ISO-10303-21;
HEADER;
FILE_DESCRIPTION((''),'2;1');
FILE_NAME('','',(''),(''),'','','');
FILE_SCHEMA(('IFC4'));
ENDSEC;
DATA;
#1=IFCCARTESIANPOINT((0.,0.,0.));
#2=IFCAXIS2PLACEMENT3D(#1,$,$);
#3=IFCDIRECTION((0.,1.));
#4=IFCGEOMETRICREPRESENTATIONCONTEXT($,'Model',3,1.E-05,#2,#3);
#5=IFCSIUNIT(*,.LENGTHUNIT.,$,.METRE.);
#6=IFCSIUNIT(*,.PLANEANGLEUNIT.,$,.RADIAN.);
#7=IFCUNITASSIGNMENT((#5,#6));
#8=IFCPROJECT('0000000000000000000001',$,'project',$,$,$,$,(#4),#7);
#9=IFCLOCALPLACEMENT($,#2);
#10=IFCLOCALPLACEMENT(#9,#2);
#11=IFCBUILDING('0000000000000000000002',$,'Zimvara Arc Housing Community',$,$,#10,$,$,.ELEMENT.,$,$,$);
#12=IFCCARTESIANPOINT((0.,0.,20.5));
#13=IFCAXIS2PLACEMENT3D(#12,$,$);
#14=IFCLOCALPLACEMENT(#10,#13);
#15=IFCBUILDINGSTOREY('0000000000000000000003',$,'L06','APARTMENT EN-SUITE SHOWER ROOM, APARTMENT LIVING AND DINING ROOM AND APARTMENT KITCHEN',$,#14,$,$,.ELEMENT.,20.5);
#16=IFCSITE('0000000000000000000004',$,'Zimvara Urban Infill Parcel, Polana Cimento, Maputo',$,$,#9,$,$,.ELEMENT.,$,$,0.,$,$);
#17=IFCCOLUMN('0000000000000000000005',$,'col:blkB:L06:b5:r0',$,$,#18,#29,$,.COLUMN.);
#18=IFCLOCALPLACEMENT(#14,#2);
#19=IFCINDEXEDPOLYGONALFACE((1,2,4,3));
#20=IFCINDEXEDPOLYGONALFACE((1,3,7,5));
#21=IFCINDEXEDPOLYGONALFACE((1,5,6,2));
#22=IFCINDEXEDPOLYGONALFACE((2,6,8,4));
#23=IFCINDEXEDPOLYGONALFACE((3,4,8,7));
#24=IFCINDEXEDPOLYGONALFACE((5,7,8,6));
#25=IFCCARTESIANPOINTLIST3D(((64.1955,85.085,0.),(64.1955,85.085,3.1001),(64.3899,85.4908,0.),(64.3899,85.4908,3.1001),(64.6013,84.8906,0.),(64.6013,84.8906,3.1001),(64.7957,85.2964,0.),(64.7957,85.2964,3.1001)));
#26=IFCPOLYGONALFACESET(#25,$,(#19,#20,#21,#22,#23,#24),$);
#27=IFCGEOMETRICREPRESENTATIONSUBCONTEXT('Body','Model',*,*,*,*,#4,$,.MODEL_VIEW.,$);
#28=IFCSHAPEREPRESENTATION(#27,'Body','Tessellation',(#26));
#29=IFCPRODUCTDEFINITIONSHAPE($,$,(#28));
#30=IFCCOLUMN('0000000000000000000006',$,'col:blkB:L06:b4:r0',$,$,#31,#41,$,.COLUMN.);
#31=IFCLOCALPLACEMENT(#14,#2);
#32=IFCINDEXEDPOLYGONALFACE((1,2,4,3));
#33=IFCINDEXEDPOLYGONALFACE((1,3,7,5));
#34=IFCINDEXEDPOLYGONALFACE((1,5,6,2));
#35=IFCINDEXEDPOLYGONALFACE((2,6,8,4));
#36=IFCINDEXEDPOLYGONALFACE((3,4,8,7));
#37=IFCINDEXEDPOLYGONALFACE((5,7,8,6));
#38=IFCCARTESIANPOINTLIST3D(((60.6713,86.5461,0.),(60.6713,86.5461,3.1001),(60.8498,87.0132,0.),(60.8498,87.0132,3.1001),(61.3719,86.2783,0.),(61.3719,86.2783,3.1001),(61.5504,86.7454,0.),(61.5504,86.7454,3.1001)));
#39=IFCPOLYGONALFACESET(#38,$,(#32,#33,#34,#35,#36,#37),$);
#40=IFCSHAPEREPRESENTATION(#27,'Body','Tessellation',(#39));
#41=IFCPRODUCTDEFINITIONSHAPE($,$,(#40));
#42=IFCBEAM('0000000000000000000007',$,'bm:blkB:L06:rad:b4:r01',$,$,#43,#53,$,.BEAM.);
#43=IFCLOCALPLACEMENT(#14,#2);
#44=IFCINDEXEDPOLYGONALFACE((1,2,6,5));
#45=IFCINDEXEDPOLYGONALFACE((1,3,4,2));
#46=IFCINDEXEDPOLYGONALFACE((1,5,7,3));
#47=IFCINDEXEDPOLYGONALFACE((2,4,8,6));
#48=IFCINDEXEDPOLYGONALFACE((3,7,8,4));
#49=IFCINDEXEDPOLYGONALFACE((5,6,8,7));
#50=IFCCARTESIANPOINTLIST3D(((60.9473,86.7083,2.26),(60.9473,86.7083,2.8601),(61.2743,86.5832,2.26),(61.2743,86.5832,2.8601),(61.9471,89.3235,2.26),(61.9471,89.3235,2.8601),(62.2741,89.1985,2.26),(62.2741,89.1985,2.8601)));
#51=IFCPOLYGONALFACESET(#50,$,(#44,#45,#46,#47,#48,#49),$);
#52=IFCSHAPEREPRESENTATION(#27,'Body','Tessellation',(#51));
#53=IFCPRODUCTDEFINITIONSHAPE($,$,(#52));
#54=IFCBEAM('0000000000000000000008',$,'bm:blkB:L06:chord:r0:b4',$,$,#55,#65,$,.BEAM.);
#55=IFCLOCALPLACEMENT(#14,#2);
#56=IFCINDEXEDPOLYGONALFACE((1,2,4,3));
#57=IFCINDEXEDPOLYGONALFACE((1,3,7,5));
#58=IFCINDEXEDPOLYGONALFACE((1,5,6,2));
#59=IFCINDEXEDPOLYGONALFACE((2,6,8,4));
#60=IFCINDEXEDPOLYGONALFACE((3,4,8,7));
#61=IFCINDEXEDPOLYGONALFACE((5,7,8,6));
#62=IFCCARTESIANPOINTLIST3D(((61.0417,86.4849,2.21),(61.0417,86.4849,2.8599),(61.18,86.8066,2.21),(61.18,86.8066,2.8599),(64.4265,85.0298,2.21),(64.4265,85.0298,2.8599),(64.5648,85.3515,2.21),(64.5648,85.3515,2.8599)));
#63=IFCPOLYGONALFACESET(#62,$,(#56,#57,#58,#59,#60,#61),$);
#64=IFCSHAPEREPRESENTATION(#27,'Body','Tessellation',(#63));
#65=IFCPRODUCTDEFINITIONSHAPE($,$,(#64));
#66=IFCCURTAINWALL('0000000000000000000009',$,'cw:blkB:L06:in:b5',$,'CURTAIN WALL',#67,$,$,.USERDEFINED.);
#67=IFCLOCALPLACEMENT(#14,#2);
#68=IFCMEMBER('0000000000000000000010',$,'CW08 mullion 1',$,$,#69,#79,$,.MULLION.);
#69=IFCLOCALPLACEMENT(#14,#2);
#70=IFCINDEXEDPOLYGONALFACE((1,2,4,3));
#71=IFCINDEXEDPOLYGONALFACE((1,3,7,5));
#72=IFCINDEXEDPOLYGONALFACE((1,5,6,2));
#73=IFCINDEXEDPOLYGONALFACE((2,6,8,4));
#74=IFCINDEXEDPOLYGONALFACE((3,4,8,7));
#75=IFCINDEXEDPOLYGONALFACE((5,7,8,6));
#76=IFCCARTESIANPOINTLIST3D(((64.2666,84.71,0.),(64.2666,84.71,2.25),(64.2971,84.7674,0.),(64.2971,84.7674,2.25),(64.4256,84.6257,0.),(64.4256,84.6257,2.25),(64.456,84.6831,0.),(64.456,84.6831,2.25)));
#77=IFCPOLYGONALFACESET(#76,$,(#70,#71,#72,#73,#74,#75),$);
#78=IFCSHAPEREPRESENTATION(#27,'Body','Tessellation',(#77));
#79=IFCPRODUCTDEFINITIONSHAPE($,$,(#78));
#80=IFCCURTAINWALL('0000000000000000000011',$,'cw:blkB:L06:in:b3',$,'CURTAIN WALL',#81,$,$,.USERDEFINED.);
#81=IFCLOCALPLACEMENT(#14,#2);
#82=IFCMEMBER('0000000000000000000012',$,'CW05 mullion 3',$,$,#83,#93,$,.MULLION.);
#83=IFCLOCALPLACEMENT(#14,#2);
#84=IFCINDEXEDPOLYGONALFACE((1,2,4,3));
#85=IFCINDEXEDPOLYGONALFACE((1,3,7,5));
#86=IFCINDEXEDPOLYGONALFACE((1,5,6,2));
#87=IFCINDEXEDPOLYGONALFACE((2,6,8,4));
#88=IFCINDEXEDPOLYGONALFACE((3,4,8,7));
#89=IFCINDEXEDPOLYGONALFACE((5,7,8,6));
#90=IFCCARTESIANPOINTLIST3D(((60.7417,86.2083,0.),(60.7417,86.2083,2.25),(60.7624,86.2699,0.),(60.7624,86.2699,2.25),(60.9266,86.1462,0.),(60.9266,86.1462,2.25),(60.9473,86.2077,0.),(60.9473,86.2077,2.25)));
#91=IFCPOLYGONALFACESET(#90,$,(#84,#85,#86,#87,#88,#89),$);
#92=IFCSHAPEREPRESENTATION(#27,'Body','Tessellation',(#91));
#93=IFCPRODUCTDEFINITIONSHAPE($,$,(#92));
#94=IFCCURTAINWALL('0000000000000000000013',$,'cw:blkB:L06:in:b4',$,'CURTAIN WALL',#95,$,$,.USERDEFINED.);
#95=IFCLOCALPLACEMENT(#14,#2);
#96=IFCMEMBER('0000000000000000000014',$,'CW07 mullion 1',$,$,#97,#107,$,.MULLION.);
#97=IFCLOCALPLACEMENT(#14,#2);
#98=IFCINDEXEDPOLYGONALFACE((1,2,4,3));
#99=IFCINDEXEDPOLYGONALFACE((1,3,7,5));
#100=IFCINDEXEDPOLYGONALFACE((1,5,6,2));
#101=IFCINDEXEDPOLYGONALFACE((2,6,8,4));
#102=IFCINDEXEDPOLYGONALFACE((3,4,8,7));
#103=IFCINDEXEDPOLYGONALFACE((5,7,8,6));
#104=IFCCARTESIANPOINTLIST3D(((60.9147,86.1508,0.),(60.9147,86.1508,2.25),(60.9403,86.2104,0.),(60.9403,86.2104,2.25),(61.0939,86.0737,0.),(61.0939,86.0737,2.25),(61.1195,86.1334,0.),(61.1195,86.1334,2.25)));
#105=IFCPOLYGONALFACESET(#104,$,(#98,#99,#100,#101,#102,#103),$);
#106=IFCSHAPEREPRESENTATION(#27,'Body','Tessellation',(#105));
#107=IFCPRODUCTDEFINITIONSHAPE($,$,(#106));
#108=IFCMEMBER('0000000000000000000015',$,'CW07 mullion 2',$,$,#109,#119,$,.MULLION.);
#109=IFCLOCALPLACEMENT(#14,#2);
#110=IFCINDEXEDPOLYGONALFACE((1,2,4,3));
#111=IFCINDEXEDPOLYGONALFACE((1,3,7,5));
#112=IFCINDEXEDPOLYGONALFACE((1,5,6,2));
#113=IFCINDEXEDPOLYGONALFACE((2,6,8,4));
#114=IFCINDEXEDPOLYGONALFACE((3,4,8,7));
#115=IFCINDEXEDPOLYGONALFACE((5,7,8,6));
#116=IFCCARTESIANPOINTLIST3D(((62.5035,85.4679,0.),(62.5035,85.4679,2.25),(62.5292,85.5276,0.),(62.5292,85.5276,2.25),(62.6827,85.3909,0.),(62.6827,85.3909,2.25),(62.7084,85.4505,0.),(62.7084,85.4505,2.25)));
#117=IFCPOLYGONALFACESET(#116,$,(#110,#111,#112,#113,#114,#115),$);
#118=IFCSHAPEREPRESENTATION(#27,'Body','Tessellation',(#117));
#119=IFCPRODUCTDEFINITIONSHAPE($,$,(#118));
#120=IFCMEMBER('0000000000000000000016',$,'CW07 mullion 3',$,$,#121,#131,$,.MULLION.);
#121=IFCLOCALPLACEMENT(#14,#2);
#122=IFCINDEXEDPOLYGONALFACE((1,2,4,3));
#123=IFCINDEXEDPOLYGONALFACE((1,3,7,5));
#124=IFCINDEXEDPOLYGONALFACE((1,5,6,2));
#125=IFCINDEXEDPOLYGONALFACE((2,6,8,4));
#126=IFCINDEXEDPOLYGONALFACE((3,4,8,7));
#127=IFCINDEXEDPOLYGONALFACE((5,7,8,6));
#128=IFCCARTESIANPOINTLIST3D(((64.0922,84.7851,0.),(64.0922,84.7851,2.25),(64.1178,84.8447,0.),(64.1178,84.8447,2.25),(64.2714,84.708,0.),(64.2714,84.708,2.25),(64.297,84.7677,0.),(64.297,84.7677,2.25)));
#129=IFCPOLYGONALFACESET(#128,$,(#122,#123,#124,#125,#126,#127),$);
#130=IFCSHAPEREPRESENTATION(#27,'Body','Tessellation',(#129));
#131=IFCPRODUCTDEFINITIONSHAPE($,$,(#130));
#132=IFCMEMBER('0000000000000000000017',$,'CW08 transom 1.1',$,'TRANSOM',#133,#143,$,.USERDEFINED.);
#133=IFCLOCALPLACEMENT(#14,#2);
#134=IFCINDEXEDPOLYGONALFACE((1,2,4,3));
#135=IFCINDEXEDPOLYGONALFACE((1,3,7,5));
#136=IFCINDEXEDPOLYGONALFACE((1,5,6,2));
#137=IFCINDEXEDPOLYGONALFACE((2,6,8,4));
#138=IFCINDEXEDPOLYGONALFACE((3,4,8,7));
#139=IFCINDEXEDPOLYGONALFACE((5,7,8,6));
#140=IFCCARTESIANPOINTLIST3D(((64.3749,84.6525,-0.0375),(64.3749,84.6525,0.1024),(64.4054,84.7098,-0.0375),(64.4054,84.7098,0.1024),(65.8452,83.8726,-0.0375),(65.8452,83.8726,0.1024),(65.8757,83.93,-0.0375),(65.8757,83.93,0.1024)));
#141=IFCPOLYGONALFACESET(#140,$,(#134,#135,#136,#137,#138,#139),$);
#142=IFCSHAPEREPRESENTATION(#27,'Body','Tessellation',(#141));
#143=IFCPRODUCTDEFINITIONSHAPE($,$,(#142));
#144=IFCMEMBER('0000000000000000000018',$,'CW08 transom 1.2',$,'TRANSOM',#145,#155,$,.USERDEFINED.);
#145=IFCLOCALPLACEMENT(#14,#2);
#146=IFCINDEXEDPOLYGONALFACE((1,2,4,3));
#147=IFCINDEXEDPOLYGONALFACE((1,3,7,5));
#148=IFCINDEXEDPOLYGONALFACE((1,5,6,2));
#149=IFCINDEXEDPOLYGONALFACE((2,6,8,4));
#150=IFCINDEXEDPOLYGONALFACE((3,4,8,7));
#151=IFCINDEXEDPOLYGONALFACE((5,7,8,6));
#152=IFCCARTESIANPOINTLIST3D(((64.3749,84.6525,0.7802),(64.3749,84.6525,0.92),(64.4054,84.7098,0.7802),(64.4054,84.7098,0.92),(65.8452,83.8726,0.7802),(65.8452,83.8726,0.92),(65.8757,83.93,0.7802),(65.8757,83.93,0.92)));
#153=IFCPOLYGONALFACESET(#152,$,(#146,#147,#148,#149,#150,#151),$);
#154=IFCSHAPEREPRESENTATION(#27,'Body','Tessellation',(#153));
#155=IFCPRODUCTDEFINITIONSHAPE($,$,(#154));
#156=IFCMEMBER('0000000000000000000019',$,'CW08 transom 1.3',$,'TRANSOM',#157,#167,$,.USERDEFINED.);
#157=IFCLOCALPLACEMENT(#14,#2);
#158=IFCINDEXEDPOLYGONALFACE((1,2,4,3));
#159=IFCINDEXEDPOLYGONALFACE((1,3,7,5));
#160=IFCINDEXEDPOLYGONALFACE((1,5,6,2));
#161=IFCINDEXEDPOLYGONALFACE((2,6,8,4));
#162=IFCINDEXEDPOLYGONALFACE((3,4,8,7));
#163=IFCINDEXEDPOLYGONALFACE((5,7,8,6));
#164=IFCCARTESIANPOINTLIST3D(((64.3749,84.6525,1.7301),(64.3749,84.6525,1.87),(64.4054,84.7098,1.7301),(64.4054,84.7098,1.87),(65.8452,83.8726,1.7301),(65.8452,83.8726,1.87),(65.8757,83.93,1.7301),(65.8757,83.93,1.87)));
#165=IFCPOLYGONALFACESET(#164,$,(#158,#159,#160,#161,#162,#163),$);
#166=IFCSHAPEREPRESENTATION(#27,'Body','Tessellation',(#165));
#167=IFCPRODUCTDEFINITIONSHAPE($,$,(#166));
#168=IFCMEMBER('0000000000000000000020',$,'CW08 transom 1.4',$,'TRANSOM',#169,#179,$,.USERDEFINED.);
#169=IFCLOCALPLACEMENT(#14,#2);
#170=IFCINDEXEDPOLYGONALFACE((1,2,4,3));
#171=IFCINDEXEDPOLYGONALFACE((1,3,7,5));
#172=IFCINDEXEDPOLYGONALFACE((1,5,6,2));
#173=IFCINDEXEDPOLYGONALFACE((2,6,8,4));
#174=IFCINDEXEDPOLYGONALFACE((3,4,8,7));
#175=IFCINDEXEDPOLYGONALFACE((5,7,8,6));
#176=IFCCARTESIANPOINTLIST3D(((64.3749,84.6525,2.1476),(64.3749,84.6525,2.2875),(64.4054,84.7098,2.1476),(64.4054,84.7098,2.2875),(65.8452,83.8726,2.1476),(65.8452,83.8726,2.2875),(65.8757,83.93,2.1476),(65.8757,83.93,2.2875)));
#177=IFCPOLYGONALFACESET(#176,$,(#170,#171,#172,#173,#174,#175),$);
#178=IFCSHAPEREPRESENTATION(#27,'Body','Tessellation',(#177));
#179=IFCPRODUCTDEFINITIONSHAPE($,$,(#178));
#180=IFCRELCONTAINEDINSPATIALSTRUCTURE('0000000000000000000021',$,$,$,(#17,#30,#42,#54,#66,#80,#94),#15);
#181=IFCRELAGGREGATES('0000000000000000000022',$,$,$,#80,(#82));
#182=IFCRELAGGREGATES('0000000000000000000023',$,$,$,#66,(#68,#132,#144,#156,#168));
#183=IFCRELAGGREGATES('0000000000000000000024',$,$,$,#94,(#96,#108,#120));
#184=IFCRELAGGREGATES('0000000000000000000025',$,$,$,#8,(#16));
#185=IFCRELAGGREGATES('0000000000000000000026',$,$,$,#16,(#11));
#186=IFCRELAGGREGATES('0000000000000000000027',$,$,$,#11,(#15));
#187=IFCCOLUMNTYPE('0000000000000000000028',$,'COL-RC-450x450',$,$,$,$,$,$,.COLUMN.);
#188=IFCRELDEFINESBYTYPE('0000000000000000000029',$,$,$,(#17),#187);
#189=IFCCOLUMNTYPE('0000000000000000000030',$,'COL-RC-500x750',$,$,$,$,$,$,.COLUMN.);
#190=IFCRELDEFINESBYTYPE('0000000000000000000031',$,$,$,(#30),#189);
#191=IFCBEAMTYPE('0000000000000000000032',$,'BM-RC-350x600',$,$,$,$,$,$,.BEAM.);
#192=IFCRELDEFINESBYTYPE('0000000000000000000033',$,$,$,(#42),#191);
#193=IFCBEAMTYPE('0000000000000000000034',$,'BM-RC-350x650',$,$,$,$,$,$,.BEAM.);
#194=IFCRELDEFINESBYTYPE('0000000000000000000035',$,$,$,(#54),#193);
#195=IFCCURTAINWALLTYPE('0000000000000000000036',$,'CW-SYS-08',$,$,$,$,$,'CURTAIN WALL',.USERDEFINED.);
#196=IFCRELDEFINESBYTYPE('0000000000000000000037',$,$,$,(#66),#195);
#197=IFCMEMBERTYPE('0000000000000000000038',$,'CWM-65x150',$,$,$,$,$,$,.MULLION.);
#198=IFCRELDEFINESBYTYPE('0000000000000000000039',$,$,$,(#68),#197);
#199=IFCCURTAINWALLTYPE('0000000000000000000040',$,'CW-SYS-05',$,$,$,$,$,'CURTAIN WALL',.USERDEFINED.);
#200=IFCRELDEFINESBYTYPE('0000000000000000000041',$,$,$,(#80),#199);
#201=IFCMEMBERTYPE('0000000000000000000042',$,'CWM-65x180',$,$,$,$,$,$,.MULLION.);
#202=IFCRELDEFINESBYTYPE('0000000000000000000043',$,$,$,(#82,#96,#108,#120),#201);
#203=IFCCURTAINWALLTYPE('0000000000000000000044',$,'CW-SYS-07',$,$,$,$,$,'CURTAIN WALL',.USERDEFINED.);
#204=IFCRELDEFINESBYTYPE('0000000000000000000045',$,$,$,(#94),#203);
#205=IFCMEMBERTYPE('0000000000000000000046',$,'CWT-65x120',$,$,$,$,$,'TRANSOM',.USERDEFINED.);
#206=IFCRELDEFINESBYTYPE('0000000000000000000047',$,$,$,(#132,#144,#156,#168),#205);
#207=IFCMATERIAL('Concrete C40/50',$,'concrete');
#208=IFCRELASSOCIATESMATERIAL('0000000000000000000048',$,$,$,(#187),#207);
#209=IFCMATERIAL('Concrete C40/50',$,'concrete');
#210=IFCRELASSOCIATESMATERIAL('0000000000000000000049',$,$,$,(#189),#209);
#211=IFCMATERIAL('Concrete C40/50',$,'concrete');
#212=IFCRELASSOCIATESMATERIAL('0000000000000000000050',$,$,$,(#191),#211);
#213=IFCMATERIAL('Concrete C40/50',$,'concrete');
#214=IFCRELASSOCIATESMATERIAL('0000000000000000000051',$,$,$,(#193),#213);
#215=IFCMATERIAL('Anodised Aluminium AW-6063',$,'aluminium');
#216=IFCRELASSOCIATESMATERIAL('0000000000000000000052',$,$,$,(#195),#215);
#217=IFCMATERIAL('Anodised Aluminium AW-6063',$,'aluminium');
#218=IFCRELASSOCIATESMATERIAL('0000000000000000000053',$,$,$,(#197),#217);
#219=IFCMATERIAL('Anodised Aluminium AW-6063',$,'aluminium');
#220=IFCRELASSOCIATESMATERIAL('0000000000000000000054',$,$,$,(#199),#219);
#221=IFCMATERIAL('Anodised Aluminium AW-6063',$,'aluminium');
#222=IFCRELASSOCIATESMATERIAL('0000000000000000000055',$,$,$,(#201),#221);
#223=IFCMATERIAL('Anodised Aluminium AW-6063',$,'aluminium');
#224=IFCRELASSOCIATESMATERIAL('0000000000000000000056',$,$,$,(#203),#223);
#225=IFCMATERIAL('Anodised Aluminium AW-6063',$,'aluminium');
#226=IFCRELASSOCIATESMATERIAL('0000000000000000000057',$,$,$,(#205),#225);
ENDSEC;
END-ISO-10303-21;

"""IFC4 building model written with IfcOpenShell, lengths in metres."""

from ifc_helpers import new_model, si_unit, direction, frame, origin, origin_2d, place, context, subcontext, project, spatial, rectangle, extrude, material, material_profile, profile_set, type_object, element, aggregate, save


model = new_model("IFC4")

# Units and contexts
model_context = context("Model", 3, precision=1e-05, world=origin(), true_north=direction((0.0, 1.0)))
body_context = subcontext(model_context, "Body", "Model", "MODEL_VIEW")
ifc_project = project(units=[si_unit("LENGTHUNIT", "METRE"), si_unit("PLANEANGLEUNIT", "RADIAN")], contexts=[model_context])

# Site, building, storey
site_placement = place(None, origin())
site = spatial("IfcSite", under=ifc_project, at=site_placement, Name="Zimvara Urban Infill Parcel, Polana Cimento, Maputo", CompositionType="ELEMENT", RefElevation=0.0)
building_placement = place(site_placement, origin())
building = spatial("IfcBuilding", under=site, at=building_placement, Name="Zimvara Arc Housing Community", CompositionType="ELEMENT")
storey_placement = place(building_placement, frame((0.0, 0.0, 20.5)))
storey = spatial("IfcBuildingStorey", under=building, at=storey_placement, Name="L06", Description="APARTMENT EN-SUITE SHOWER ROOM, APARTMENT LIVING AND DINING ROOM AND APARTMENT KITCHEN", CompositionType="ELEMENT", Elevation=20.5)

# Columns
ifc_material_1 = material(Name="Concrete C40/50", Category="concrete")
ifc_material_profile_1 = material_profile(ifc_material_1, rectangle(XDim=0.45, YDim=0.45, at=origin_2d()), Name="RC 450x450")
ifc_profile_set_1 = profile_set([ifc_material_profile_1], Name="Concrete C40/50")
column_type_1 = type_object("IfcColumnType", Name="COL-RC-450x450", PredefinedType="COLUMN", material=ifc_profile_set_1)
column_1_placement = place(storey_placement, frame((64.4956, 85.1907, 0.0), z_axis=(0.0, 0.0, 1.0), x_axis=(0.432086, 0.901833, 0.0)))
element("IfcColumn", 1, at=column_1_placement, inside=storey, type_object=column_type_1, Name="col:blkB:L06:b5:r0", PredefinedType="COLUMN", context=body_context, shape_type="SweptSolid", body=[
    extrude(rectangle(XDim=0.45, YDim=0.45, at=origin_2d()), origin(), (0.0, 0.0, 1.0), 3.1001),
])
ifc_material_2 = material(Name="Concrete C40/50", Category="concrete")
ifc_material_profile_2 = material_profile(ifc_material_2, rectangle(XDim=0.5, YDim=0.75, at=origin_2d()), Name="RC 500x750")
ifc_profile_set_2 = profile_set([ifc_material_profile_2], Name="Concrete C40/50")
column_type_2 = type_object("IfcColumnType", Name="COL-RC-500x750", PredefinedType="COLUMN", material=ifc_profile_set_2)
column_2_placement = place(storey_placement, frame((61.1108, 86.6458, 0.0), z_axis=(0.0, 0.0, 1.0), x_axis=(0.357064, 0.93408, 0.0)))
element("IfcColumn", 2, at=column_2_placement, inside=storey, type_object=column_type_2, Name="col:blkB:L06:b4:r0", PredefinedType="COLUMN", context=body_context, shape_type="SweptSolid", body=[
    extrude(rectangle(XDim=0.5, YDim=0.75, at=origin_2d()), origin(), (0.0, 0.0, 1.0), 3.1001),
])

# Beams
ifc_material_3 = material(Name="Concrete C40/50", Category="concrete")
ifc_material_profile_3 = material_profile(ifc_material_3, rectangle(XDim=0.3501, YDim=0.6001, at=origin_2d()), Name="RC 350x600")
ifc_profile_set_3 = profile_set([ifc_material_profile_3], Name="Concrete C40/50")
beam_type_1 = type_object("IfcBeamType", Name="BM-RC-350x600", PredefinedType="BEAM", material=ifc_profile_set_3)
beam_1_placement = place(storey_placement, frame((61.1108, 86.6458, 2.5601), z_axis=(0.357079, 0.934074, 0.0), x_axis=(-0.934074, 0.357079, 0.0)))
element("IfcBeam", 3, at=beam_1_placement, inside=storey, type_object=beam_type_1, Name="bm:blkB:L06:rad:b4:r01", PredefinedType="BEAM", context=body_context, shape_type="SweptSolid", body=[
    extrude(rectangle(XDim=0.3501, YDim=0.6001, at=origin_2d()), origin(), (0.0, 0.0, 1.0), 2.7998),
])
ifc_material_4 = material(Name="Concrete C40/50", Category="concrete")
ifc_material_profile_4 = material_profile(ifc_material_4, rectangle(XDim=0.3501, YDim=0.6499, at=origin_2d()), Name="RC 350x650")
ifc_profile_set_4 = profile_set([ifc_material_profile_4], Name="Concrete C40/50")
beam_type_2 = type_object("IfcBeamType", Name="BM-RC-350x650", PredefinedType="BEAM", material=ifc_profile_set_4)
beam_2_placement = place(storey_placement, frame((61.1108, 86.6458, 2.5349), z_axis=(0.918706, -0.394943, 0.0), x_axis=(0.394943, 0.918706, 0.0)))
element("IfcBeam", 4, at=beam_2_placement, inside=storey, type_object=beam_type_2, Name="bm:blkB:L06:chord:r0:b4", PredefinedType="BEAM", context=body_context, shape_type="SweptSolid", body=[
    extrude(rectangle(XDim=0.3501, YDim=0.6499, at=origin_2d()), origin(), (0.0, 0.0, 1.0), 3.6843),
])

# Curtain walls, members
ifc_material_5 = material(Name="Anodised Aluminium AW-6063", Category="aluminium")
curtain_wall_type_1 = type_object("IfcCurtainWallType", Name="CW-SYS-08", ElementType="CURTAIN WALL", PredefinedType="USERDEFINED", material=ifc_material_5)
curtain_wall_1_placement = place(storey_placement, origin())
curtain_wall_1 = element("IfcCurtainWall", 5, at=curtain_wall_1_placement, inside=storey, type_object=curtain_wall_type_1, Name="cw:blkB:L06:in:b5", ObjectType="CURTAIN WALL", PredefinedType="USERDEFINED")
ifc_material_6 = material(Name="Anodised Aluminium AW-6063", Category="aluminium")
ifc_material_profile_5 = material_profile(ifc_material_6, rectangle(XDim=0.0649, YDim=0.1799, at=origin_2d()), Name="ALU 65x180")
ifc_profile_set_5 = profile_set([ifc_material_profile_5], Name="Anodised Aluminium AW-6063")
member_type_1 = type_object("IfcMemberType", Name="CWM-65x150", PredefinedType="MULLION", material=ifc_profile_set_5)
member_1_placement = place(storey_placement, frame((64.3613, 84.6965, 0.0), z_axis=(0.0, 0.0, 1.0), x_axis=(0.468545, 0.88344, 0.0)))
member_1 = element("IfcMember", 6, at=member_1_placement, type_object=member_type_1, Name="CW08 mullion 1", PredefinedType="MULLION", context=body_context, shape_type="SweptSolid", body=[
    extrude(rectangle(XDim=0.0649, YDim=0.1799, at=origin_2d()), origin(), (0.0, 0.0, 1.0), 2.25),
])
ifc_material_7 = material(Name="Anodised Aluminium AW-6063", Category="aluminium")
curtain_wall_type_2 = type_object("IfcCurtainWallType", Name="CW-SYS-05", ElementType="CURTAIN WALL", PredefinedType="USERDEFINED", material=ifc_material_7)
curtain_wall_2_placement = place(storey_placement, origin())
curtain_wall_2 = element("IfcCurtainWall", 7, at=curtain_wall_2_placement, inside=storey, type_object=curtain_wall_type_2, Name="cw:blkB:L06:in:b3", ObjectType="CURTAIN WALL", PredefinedType="USERDEFINED")
ifc_material_8 = material(Name="Anodised Aluminium AW-6063", Category="aluminium")
ifc_material_profile_6 = material_profile(ifc_material_8, rectangle(XDim=0.0649, YDim=0.1951, at=origin_2d()), Name="ALU 65x195")
ifc_profile_set_6 = profile_set([ifc_material_profile_6], Name="Anodised Aluminium AW-6063")
member_type_2 = type_object("IfcMemberType", Name="CWM-65x180", PredefinedType="MULLION", material=ifc_profile_set_6)
member_2_placement = place(storey_placement, frame((60.8445, 86.208, 0.0), z_axis=(0.0, 0.0, 1.0), x_axis=(0.31863, 0.947879, 0.0)))
member_2 = element("IfcMember", 8, at=member_2_placement, type_object=member_type_2, Name="CW05 mullion 3", PredefinedType="MULLION", context=body_context, shape_type="SweptSolid", body=[
    extrude(rectangle(XDim=0.0649, YDim=0.1951, at=origin_2d()), origin(), (0.0, 0.0, 1.0), 2.25),
])
aggregate(curtain_wall_2, [member_2])

# Curtain wall, members
ifc_material_9 = material(Name="Anodised Aluminium AW-6063", Category="aluminium")
curtain_wall_type_3 = type_object("IfcCurtainWallType", Name="CW-SYS-07", ElementType="CURTAIN WALL", PredefinedType="USERDEFINED", material=ifc_material_9)
curtain_wall_3_placement = place(storey_placement, origin())
curtain_wall_3 = element("IfcCurtainWall", 9, at=curtain_wall_3_placement, inside=storey, type_object=curtain_wall_type_3, Name="cw:blkB:L06:in:b4", ObjectType="CURTAIN WALL", PredefinedType="USERDEFINED")
member_3_placement = place(storey_placement, frame((61.0171, 86.1421, 0.0), z_axis=(0.0, 0.0, 1.0), x_axis=(0.394904, 0.918722, 0.0)))
member_3 = element("IfcMember", 10, at=member_3_placement, type_object=member_type_2, Name="CW07 mullion 1", PredefinedType="MULLION", context=body_context, shape_type="SweptSolid", body=[
    extrude(rectangle(XDim=0.0649, YDim=0.1951, at=origin_2d()), origin(), (0.0, 0.0, 1.0), 2.25),
])
member_4_placement = place(storey_placement, frame((62.606, 85.4592, 0.0), z_axis=(0.0, 0.0, 1.0), x_axis=(0.394904, 0.918722, 0.0)))
member_4 = element("IfcMember", 11, at=member_4_placement, type_object=member_type_2, Name="CW07 mullion 2", PredefinedType="MULLION", context=body_context, shape_type="SweptSolid", body=[
    extrude(rectangle(XDim=0.0649, YDim=0.1951, at=origin_2d()), origin(), (0.0, 0.0, 1.0), 2.25),
])
member_5_placement = place(storey_placement, frame((64.1946, 84.7764, 0.0), z_axis=(0.0, 0.0, 1.0), x_axis=(0.394904, 0.918722, 0.0)))
member_5 = element("IfcMember", 12, at=member_5_placement, type_object=member_type_2, Name="CW07 mullion 3", PredefinedType="MULLION", context=body_context, shape_type="SweptSolid", body=[
    extrude(rectangle(XDim=0.0649, YDim=0.1951, at=origin_2d()), origin(), (0.0, 0.0, 1.0), 2.25),
])

# Members
ifc_material_10 = material(Name="Anodised Aluminium AW-6063", Category="aluminium")
ifc_material_profile_7 = material_profile(ifc_material_10, rectangle(XDim=0.0649, YDim=0.1399, at=origin_2d()), Name="ALU 65x140")
ifc_profile_set_7 = profile_set([ifc_material_profile_7], Name="Anodised Aluminium AW-6063")
member_type_3 = type_object("IfcMemberType", Name="CWT-65x120", ElementType="TRANSOM", PredefinedType="USERDEFINED", material=ifc_profile_set_7)
member_6_placement = place(storey_placement, frame((64.3901, 84.6812, 0.0325), z_axis=(0.883431, -0.468562, 0.0), x_axis=(0.468562, 0.883431, 0.0)))
member_6 = element("IfcMember", 13, at=member_6_placement, type_object=member_type_3, Name="CW08 transom 1.1", ObjectType="TRANSOM", PredefinedType="USERDEFINED", context=body_context, shape_type="SweptSolid", body=[
    extrude(rectangle(XDim=0.0649, YDim=0.1399, at=origin_2d()), origin(), (0.0, 0.0, 1.0), 1.6643),
])
member_7_placement = place(storey_placement, frame((64.3901, 84.6812, 0.8501), z_axis=(0.883431, -0.468562, 0.0), x_axis=(0.468562, 0.883431, 0.0)))
member_7 = element("IfcMember", 14, at=member_7_placement, type_object=member_type_3, Name="CW08 transom 1.2", ObjectType="TRANSOM", PredefinedType="USERDEFINED", context=body_context, shape_type="SweptSolid", body=[
    extrude(rectangle(XDim=0.0649, YDim=0.1399, at=origin_2d()), origin(), (0.0, 0.0, 1.0), 1.6643),
])
member_8_placement = place(storey_placement, frame((64.3901, 84.6812, 1.8), z_axis=(0.883431, -0.468562, 0.0), x_axis=(0.468562, 0.883431, 0.0)))
member_8 = element("IfcMember", 15, at=member_8_placement, type_object=member_type_3, Name="CW08 transom 1.3", ObjectType="TRANSOM", PredefinedType="USERDEFINED", context=body_context, shape_type="SweptSolid", body=[
    extrude(rectangle(XDim=0.0649, YDim=0.1399, at=origin_2d()), origin(), (0.0, 0.0, 1.0), 1.6643),
])
member_9_placement = place(storey_placement, frame((64.3901, 84.6812, 2.2175), z_axis=(0.883431, -0.468562, 0.0), x_axis=(0.468562, 0.883431, 0.0)))
member_9 = element("IfcMember", 16, at=member_9_placement, type_object=member_type_3, Name="CW08 transom 1.4", ObjectType="TRANSOM", PredefinedType="USERDEFINED", context=body_context, shape_type="SweptSolid", body=[
    extrude(rectangle(XDim=0.0649, YDim=0.1399, at=origin_2d()), origin(), (0.0, 0.0, 1.0), 1.6643),
])
aggregate(curtain_wall_1, [member_1, member_6, member_7, member_8, member_9])

aggregate(curtain_wall_3, [member_3, member_4, member_5])

save(model, "model.ifc")
